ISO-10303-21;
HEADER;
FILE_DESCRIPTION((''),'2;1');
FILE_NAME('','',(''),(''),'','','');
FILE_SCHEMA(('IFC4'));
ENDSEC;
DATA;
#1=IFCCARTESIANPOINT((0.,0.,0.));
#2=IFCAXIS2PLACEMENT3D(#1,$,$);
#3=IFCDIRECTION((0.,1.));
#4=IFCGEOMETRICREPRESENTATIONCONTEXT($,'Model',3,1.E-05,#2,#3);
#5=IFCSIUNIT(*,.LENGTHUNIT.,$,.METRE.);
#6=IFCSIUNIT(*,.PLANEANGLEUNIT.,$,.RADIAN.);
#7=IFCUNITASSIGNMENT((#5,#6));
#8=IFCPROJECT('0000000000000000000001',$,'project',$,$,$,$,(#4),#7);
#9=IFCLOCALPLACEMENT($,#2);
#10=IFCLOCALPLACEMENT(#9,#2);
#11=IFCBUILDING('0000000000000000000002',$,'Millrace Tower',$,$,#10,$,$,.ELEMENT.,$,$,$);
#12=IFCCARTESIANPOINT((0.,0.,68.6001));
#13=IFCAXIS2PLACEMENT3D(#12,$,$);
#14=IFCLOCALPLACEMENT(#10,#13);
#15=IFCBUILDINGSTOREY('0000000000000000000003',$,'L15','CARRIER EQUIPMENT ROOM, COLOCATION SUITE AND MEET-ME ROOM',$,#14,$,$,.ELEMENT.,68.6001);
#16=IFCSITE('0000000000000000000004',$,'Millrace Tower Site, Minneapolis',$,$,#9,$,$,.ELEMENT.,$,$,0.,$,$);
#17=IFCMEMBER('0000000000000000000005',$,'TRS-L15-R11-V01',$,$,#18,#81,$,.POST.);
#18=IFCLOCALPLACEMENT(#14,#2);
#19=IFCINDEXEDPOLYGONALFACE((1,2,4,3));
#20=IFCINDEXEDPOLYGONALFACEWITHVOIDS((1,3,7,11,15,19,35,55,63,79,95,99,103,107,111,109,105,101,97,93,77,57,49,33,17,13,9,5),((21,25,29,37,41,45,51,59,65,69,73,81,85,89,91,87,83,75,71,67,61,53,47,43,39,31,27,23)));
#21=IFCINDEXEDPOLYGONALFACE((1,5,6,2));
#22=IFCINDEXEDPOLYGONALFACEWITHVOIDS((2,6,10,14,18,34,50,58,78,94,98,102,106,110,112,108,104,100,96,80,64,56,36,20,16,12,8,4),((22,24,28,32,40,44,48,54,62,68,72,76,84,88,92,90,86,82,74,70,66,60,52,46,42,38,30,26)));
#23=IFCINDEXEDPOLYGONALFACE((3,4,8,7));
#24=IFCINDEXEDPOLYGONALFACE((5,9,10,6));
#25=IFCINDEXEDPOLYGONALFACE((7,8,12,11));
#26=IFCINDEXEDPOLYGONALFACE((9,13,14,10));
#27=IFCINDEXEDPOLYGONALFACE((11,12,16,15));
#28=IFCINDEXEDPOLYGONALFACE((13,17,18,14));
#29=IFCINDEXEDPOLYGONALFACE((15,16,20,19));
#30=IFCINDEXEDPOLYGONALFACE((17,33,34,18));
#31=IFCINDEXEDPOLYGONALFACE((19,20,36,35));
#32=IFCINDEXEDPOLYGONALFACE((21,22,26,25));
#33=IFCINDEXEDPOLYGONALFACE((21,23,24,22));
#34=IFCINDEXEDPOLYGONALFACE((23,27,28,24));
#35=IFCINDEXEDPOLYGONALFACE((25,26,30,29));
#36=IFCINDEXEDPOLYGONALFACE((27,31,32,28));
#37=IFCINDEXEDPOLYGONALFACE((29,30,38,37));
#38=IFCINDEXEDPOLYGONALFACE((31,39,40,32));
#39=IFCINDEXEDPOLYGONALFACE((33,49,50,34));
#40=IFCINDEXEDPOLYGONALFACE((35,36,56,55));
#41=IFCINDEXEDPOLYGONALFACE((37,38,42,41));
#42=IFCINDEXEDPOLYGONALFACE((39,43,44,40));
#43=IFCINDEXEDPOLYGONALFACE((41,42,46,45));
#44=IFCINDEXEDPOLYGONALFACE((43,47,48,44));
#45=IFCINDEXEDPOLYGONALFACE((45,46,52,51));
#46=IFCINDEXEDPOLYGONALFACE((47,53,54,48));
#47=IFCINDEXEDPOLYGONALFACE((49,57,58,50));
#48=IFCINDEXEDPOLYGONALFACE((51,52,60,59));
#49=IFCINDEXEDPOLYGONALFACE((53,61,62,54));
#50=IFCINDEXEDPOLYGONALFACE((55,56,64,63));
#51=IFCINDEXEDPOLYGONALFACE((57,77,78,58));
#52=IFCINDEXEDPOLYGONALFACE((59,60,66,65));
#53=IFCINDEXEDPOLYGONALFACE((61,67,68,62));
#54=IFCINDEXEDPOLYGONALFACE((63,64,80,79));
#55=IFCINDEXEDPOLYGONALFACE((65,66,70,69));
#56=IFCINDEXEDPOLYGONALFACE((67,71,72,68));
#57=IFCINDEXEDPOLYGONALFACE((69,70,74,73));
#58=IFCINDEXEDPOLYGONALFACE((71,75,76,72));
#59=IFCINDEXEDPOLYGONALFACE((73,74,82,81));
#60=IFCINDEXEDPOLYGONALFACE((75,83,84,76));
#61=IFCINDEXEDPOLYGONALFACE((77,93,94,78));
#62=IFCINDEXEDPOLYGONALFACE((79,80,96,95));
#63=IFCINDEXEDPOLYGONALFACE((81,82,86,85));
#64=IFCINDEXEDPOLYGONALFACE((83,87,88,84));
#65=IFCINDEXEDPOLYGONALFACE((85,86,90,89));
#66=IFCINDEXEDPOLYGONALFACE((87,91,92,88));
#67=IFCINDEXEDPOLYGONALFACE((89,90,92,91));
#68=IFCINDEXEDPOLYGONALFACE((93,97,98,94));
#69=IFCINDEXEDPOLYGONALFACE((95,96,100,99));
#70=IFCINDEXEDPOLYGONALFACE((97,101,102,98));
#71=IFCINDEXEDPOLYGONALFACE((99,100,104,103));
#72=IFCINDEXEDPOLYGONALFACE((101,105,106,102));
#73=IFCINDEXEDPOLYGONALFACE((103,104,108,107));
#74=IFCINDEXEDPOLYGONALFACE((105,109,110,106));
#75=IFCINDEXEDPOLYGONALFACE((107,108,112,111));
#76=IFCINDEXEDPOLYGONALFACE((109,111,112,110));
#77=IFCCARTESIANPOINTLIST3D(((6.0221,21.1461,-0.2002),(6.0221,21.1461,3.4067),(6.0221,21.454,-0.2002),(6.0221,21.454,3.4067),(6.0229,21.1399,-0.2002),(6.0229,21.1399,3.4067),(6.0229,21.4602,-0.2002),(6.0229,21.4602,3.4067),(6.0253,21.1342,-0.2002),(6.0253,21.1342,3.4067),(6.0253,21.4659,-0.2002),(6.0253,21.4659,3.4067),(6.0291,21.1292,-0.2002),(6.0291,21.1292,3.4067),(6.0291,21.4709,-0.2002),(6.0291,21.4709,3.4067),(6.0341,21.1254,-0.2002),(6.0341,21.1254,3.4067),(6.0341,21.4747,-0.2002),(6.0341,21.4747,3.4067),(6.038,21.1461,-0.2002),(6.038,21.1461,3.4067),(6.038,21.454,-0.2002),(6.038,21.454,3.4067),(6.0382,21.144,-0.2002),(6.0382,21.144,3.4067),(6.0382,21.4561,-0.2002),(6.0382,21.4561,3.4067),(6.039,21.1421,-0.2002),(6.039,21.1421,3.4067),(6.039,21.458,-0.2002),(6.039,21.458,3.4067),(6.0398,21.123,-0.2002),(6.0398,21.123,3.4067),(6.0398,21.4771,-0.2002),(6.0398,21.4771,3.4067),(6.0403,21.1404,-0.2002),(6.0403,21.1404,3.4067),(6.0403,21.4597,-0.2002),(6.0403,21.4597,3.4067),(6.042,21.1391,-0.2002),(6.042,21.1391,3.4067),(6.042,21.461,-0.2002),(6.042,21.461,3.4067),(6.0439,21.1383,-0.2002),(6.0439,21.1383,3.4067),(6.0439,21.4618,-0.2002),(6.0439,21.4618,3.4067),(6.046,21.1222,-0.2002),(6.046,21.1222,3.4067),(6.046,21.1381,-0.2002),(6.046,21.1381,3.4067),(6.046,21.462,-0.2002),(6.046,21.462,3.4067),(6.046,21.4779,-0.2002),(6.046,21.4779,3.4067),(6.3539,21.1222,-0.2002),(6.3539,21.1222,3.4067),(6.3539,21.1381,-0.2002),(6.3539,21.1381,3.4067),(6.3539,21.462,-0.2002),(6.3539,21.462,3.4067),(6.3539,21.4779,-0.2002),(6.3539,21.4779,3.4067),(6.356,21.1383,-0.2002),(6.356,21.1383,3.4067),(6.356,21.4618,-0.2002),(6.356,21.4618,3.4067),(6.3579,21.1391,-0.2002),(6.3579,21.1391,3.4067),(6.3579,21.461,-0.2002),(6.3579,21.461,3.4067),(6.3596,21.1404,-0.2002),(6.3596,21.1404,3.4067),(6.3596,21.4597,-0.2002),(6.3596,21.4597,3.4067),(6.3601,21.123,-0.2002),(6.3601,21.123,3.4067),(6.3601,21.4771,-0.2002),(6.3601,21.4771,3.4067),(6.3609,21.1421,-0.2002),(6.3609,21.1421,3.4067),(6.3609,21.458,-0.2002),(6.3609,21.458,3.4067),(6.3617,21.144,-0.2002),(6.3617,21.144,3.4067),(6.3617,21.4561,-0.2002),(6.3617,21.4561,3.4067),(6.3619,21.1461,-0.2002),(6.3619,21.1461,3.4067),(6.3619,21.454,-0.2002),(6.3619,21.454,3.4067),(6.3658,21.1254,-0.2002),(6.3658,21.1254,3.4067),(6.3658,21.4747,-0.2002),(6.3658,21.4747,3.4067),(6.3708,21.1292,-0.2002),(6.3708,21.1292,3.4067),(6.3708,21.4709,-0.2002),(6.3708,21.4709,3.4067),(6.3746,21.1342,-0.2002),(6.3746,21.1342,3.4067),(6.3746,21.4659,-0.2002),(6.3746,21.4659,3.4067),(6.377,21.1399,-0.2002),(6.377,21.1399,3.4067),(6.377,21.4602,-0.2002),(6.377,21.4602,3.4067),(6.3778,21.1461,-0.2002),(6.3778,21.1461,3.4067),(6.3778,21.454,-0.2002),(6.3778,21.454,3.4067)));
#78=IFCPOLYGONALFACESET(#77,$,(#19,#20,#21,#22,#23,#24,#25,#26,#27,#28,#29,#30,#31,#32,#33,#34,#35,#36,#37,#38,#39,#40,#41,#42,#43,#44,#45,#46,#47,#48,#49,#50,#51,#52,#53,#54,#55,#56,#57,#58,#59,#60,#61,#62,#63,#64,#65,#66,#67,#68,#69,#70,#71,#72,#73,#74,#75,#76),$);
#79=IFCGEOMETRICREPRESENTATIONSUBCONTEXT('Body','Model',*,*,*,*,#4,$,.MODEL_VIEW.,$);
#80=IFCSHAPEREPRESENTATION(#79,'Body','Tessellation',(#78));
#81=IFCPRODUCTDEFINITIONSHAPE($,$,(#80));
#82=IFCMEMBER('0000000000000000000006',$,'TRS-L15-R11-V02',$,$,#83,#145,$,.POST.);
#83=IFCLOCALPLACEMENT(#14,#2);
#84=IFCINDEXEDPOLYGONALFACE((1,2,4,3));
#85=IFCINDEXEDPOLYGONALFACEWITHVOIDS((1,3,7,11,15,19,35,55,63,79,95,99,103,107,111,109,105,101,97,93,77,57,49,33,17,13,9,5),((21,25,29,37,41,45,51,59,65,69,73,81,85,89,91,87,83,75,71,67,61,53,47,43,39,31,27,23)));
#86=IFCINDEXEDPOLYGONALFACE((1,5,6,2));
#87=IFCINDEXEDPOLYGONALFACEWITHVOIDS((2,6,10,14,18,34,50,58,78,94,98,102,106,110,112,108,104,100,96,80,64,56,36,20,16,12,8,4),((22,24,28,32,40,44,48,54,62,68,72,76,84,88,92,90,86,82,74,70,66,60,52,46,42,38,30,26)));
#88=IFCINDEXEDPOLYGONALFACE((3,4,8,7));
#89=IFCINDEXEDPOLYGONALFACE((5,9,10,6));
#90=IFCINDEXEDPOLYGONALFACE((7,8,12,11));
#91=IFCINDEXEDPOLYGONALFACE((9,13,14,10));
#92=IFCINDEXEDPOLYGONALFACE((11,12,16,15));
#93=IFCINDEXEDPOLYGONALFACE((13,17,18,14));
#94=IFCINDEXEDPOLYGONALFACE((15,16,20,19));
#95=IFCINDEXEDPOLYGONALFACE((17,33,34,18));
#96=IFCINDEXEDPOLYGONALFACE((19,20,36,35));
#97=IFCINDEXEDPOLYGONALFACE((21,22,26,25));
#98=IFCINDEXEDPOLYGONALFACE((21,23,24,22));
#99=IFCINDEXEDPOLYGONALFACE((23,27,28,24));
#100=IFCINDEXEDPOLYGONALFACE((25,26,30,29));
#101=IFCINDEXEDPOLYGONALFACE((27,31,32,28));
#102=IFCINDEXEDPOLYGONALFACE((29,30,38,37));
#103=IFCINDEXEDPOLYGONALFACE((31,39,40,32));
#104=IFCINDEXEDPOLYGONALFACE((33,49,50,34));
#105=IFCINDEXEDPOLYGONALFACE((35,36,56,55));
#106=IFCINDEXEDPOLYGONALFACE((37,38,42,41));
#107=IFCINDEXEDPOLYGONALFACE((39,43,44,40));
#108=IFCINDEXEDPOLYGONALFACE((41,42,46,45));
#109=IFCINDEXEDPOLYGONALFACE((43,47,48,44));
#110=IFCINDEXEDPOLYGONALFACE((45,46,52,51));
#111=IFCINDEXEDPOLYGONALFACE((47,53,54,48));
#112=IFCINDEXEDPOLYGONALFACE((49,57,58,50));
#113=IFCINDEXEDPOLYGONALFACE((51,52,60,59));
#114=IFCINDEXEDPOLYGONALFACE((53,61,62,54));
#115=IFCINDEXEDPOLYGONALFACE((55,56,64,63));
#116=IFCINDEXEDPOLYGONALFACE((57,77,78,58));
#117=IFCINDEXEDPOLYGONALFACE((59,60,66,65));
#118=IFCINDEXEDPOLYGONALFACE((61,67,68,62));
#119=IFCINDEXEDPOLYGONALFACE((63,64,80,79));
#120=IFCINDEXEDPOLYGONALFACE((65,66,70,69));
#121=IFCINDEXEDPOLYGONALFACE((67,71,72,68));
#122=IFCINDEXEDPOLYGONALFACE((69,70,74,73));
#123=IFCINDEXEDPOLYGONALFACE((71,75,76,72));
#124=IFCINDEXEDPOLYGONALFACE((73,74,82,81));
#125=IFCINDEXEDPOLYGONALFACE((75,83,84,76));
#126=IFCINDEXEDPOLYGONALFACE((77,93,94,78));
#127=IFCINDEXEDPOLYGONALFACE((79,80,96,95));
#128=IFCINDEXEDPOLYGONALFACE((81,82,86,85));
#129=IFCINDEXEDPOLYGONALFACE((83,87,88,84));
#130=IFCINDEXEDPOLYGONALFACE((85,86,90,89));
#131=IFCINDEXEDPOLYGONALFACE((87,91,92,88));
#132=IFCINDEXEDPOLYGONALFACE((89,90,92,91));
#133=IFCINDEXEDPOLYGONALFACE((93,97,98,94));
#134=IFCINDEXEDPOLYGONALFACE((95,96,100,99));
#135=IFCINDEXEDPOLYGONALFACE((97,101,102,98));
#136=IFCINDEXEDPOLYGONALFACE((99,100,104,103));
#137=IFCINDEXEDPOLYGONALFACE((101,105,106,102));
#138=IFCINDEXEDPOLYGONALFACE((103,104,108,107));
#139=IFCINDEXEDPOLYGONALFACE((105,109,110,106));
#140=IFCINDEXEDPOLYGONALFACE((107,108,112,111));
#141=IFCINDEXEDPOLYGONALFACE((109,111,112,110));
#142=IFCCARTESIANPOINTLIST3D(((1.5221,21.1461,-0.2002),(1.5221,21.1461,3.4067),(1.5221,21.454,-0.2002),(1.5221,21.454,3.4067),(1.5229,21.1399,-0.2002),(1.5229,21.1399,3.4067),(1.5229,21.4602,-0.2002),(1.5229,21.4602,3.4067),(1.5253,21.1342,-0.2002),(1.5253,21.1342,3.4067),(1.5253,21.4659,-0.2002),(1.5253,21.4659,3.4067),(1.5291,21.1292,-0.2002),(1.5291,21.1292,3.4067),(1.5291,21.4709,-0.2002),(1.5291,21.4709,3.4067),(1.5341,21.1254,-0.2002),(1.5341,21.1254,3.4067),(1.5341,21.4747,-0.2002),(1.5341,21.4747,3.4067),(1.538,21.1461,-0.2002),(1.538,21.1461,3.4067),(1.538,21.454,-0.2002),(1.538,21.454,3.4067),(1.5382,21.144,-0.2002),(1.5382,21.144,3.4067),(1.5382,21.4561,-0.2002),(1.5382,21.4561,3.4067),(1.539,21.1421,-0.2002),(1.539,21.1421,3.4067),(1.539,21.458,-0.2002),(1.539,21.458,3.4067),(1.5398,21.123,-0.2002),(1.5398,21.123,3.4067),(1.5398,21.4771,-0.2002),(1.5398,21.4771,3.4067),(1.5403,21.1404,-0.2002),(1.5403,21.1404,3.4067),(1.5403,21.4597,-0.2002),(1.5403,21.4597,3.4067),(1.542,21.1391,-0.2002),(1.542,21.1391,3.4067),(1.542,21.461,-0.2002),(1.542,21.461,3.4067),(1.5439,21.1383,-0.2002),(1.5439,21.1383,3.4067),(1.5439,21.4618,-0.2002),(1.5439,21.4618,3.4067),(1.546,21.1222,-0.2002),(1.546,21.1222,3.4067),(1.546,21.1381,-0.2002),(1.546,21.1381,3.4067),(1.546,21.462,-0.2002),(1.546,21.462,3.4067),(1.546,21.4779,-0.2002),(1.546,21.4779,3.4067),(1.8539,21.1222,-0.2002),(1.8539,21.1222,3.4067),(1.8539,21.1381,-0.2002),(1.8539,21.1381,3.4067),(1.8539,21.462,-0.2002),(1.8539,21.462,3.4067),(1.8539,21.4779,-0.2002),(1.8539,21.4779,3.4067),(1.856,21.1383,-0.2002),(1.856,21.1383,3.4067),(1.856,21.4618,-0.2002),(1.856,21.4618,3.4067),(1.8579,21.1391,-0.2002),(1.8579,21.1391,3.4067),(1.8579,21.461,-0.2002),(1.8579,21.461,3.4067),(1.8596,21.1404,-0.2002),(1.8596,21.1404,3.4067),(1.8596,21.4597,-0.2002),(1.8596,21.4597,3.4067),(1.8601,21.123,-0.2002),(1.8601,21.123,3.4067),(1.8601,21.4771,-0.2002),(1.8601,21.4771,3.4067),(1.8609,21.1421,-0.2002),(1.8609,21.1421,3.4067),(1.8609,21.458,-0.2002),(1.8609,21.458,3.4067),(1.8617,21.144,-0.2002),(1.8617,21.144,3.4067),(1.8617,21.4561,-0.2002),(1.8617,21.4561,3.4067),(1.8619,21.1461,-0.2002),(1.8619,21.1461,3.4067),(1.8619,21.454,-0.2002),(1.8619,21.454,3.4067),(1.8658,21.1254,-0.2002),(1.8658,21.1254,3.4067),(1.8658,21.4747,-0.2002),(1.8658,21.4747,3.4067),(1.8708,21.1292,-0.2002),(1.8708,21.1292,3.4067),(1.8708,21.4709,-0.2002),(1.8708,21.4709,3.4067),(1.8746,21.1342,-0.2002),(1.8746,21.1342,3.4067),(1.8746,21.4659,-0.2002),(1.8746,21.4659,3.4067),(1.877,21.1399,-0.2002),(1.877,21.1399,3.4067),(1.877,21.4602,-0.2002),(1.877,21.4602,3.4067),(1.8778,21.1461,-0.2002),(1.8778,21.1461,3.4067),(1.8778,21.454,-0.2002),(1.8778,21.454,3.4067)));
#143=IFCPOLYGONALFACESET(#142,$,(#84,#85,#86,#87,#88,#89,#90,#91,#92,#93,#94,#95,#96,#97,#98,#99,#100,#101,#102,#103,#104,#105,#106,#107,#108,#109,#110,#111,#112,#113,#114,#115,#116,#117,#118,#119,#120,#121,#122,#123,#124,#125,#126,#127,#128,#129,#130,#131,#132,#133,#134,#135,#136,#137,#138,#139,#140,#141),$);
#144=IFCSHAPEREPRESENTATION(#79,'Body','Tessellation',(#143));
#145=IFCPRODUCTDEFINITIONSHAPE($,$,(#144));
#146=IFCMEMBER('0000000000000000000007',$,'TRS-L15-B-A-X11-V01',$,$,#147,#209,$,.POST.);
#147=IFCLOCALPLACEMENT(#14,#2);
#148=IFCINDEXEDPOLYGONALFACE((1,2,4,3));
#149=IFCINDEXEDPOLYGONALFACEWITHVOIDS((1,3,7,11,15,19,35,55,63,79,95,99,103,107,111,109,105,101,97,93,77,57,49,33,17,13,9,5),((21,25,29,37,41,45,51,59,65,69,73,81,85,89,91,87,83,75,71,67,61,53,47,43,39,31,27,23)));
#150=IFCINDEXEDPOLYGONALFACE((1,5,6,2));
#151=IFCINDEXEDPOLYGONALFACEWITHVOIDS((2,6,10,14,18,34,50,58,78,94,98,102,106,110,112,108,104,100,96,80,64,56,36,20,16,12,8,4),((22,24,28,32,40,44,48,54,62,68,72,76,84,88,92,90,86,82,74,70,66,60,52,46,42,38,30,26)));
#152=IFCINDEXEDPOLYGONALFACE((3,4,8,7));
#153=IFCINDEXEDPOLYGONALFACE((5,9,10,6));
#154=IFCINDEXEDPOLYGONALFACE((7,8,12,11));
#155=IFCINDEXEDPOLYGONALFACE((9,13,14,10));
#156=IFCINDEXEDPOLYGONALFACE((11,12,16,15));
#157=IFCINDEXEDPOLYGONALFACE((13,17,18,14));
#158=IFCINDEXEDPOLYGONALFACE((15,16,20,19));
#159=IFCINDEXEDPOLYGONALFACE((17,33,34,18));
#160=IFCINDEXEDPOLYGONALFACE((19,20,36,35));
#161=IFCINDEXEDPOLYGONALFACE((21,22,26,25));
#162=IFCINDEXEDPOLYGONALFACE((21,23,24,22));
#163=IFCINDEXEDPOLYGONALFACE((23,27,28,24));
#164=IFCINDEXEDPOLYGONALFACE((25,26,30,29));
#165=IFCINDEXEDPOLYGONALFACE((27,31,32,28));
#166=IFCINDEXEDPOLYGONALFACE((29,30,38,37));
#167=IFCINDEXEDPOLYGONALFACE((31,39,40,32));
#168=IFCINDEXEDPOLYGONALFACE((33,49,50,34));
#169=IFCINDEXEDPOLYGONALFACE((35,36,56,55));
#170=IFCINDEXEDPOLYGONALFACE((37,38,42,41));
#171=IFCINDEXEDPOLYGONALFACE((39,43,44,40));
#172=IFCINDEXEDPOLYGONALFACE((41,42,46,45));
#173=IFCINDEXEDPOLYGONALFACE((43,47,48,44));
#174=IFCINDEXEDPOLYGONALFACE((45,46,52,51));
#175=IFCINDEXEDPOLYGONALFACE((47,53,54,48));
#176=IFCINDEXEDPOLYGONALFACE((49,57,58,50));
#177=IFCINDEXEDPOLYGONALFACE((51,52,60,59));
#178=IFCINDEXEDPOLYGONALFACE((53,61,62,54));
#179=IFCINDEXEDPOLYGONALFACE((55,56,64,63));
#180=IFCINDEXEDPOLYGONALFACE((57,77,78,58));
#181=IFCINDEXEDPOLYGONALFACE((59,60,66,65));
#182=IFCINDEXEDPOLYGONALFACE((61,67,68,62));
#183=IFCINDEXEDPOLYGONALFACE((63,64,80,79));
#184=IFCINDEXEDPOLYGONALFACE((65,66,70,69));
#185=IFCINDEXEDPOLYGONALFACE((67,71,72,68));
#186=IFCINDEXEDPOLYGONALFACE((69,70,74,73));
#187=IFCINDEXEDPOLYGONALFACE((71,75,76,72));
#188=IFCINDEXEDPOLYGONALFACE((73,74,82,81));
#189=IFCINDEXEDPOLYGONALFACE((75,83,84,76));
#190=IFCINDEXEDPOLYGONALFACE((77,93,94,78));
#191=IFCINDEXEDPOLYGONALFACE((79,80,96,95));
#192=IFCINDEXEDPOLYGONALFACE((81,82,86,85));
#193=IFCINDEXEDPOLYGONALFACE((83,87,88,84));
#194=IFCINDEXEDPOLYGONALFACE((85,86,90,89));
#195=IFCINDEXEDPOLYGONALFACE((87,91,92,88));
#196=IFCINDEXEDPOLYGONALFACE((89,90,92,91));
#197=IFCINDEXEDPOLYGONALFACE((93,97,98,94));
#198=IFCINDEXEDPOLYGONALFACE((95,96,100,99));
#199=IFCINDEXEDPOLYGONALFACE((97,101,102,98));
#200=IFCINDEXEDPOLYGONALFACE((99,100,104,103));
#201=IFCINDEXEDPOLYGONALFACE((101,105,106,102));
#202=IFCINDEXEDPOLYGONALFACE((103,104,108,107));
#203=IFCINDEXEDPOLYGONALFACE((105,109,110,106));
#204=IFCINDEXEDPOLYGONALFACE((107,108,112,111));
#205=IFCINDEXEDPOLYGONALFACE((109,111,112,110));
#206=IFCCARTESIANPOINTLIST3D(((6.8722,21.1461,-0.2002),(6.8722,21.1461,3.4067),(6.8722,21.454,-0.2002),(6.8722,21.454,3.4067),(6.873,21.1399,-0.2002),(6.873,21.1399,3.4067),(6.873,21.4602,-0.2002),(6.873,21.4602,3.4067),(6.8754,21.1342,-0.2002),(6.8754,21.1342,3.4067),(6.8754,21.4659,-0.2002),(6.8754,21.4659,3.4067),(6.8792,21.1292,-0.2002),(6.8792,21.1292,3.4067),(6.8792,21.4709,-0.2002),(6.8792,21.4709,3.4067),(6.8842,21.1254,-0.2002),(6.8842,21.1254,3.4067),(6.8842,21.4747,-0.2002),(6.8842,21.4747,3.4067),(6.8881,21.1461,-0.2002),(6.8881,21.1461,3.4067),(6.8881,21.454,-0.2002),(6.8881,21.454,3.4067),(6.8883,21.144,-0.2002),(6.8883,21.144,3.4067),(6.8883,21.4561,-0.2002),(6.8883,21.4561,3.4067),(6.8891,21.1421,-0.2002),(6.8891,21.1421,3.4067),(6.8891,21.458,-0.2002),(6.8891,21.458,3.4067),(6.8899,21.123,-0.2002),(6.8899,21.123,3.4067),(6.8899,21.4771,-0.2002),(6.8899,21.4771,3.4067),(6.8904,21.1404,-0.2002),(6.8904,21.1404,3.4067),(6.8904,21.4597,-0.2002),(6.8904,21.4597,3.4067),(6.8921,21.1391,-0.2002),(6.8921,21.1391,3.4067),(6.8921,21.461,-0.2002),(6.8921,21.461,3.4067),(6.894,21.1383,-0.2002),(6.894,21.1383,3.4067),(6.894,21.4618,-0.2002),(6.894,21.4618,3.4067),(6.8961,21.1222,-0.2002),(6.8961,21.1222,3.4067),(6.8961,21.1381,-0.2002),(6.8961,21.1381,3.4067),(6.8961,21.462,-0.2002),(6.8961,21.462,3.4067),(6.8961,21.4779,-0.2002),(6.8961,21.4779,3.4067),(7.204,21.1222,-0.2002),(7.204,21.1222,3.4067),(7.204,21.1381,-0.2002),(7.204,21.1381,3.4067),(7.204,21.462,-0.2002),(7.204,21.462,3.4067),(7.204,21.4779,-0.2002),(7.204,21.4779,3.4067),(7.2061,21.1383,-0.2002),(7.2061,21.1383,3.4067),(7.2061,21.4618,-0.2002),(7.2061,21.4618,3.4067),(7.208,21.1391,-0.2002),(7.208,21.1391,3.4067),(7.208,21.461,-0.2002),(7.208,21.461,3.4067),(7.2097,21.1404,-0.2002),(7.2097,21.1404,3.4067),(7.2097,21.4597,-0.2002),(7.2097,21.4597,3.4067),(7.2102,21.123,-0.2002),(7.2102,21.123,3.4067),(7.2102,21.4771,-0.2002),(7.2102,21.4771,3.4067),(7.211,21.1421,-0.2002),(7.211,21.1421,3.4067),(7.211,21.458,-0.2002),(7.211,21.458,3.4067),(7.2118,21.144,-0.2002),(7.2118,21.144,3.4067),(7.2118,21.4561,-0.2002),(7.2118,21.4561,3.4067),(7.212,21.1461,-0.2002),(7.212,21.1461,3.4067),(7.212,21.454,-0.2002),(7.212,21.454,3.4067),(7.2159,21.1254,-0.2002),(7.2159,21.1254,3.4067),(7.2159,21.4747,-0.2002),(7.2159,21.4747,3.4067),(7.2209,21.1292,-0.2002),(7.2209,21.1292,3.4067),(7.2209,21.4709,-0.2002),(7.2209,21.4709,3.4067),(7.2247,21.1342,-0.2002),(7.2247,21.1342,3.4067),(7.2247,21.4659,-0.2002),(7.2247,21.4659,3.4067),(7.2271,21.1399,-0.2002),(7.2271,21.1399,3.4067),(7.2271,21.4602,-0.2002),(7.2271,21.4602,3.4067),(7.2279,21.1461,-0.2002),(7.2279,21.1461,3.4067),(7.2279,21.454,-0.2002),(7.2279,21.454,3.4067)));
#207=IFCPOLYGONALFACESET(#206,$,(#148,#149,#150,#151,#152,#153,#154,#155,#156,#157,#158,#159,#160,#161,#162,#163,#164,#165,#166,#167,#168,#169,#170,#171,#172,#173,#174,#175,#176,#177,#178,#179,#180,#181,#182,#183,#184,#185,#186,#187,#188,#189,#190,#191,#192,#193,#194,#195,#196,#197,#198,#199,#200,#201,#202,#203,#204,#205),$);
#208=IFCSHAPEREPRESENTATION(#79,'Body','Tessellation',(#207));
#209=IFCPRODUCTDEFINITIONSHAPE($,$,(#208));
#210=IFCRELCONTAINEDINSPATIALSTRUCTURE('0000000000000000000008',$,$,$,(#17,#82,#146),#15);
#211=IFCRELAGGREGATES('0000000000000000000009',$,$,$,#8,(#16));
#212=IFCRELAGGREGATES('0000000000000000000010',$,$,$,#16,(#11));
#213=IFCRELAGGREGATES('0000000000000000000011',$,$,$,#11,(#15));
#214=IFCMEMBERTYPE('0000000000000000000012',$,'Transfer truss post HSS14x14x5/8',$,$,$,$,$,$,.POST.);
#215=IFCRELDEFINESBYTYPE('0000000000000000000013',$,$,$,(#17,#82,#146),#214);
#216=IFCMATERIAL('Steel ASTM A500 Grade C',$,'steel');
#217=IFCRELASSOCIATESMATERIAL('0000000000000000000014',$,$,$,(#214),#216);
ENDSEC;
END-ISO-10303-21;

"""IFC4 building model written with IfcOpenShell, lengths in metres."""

from ifc_helpers import new_model, si_unit, direction, frame, origin, origin_2d, place, context, subcontext, project, spatial, hollow_rectangle, extrude, material, material_profile, profile_set, type_object, element, save


model = new_model("IFC4")

# Units and contexts
model_context = context("Model", 3, precision=1e-05, world=origin(), true_north=direction((0.0, 1.0)))
body_context = subcontext(model_context, "Body", "Model", "MODEL_VIEW")
ifc_project = project(units=[si_unit("LENGTHUNIT", "METRE"), si_unit("PLANEANGLEUNIT", "RADIAN")], contexts=[model_context])

# Site, building, storey
site_placement = place(None, origin())
site = spatial("IfcSite", under=ifc_project, at=site_placement, Name="Millrace Tower Site, Minneapolis", CompositionType="ELEMENT", RefElevation=0.0)
building_placement = place(site_placement, origin())
building = spatial("IfcBuilding", under=site, at=building_placement, Name="Millrace Tower", CompositionType="ELEMENT")
storey_placement = place(building_placement, frame((0.0, 0.0, 68.6001)))
storey = spatial("IfcBuildingStorey", under=building, at=storey_placement, Name="L15", Description="CARRIER EQUIPMENT ROOM, COLOCATION SUITE AND MEET-ME ROOM", CompositionType="ELEMENT", Elevation=68.6001)

# Members
ifc_material_1 = material(Name="Steel ASTM A500 Grade C", Category="steel")
ifc_material_profile_1 = material_profile(ifc_material_1, hollow_rectangle(XDim=0.3557, YDim=0.3557, WallThickness=0.0159, InnerFilletRadius=0.0081, OuterFilletRadius=0.0239, at=origin_2d()))
ifc_profile_set_1 = profile_set([ifc_material_profile_1], Name="Steel ASTM A500 Grade C")
member_type_1 = type_object("IfcMemberType", Name="Transfer truss post HSS14x14x5/8", PredefinedType="POST", material=ifc_profile_set_1)
for number, where, z_axis, x_axis, name in (
    (1, (6.2, 21.3, -0.2002), (0.0, 0.0, 1.0), (1.0, 0.0, 0.0), "TRS-L15-R11-V01"),
    (2, (1.7, 21.3, -0.2002), (0.0, 0.0, 1.0), (1.0, 0.0, 0.0), "TRS-L15-R11-V02"),
    (3, (7.05, 21.3, -0.2002), (0.0, 0.0, 1.0), (1.0, 0.0, 0.0), "TRS-L15-B-A-X11-V01"),
):
    element("IfcMember", number, at=place(storey_placement, frame(where, z_axis=z_axis, x_axis=x_axis)), inside=storey, type_object=member_type_1, Name=name, PredefinedType="POST", context=body_context, shape_type="SweptSolid", body=[
        extrude(hollow_rectangle(XDim=0.3557, YDim=0.3557, WallThickness=0.0159, InnerFilletRadius=0.0081, OuterFilletRadius=0.0239, at=origin_2d()), origin(), (0.0, 0.0, 1.0), 3.6069),
    ])

save(model, "model.ifc")
